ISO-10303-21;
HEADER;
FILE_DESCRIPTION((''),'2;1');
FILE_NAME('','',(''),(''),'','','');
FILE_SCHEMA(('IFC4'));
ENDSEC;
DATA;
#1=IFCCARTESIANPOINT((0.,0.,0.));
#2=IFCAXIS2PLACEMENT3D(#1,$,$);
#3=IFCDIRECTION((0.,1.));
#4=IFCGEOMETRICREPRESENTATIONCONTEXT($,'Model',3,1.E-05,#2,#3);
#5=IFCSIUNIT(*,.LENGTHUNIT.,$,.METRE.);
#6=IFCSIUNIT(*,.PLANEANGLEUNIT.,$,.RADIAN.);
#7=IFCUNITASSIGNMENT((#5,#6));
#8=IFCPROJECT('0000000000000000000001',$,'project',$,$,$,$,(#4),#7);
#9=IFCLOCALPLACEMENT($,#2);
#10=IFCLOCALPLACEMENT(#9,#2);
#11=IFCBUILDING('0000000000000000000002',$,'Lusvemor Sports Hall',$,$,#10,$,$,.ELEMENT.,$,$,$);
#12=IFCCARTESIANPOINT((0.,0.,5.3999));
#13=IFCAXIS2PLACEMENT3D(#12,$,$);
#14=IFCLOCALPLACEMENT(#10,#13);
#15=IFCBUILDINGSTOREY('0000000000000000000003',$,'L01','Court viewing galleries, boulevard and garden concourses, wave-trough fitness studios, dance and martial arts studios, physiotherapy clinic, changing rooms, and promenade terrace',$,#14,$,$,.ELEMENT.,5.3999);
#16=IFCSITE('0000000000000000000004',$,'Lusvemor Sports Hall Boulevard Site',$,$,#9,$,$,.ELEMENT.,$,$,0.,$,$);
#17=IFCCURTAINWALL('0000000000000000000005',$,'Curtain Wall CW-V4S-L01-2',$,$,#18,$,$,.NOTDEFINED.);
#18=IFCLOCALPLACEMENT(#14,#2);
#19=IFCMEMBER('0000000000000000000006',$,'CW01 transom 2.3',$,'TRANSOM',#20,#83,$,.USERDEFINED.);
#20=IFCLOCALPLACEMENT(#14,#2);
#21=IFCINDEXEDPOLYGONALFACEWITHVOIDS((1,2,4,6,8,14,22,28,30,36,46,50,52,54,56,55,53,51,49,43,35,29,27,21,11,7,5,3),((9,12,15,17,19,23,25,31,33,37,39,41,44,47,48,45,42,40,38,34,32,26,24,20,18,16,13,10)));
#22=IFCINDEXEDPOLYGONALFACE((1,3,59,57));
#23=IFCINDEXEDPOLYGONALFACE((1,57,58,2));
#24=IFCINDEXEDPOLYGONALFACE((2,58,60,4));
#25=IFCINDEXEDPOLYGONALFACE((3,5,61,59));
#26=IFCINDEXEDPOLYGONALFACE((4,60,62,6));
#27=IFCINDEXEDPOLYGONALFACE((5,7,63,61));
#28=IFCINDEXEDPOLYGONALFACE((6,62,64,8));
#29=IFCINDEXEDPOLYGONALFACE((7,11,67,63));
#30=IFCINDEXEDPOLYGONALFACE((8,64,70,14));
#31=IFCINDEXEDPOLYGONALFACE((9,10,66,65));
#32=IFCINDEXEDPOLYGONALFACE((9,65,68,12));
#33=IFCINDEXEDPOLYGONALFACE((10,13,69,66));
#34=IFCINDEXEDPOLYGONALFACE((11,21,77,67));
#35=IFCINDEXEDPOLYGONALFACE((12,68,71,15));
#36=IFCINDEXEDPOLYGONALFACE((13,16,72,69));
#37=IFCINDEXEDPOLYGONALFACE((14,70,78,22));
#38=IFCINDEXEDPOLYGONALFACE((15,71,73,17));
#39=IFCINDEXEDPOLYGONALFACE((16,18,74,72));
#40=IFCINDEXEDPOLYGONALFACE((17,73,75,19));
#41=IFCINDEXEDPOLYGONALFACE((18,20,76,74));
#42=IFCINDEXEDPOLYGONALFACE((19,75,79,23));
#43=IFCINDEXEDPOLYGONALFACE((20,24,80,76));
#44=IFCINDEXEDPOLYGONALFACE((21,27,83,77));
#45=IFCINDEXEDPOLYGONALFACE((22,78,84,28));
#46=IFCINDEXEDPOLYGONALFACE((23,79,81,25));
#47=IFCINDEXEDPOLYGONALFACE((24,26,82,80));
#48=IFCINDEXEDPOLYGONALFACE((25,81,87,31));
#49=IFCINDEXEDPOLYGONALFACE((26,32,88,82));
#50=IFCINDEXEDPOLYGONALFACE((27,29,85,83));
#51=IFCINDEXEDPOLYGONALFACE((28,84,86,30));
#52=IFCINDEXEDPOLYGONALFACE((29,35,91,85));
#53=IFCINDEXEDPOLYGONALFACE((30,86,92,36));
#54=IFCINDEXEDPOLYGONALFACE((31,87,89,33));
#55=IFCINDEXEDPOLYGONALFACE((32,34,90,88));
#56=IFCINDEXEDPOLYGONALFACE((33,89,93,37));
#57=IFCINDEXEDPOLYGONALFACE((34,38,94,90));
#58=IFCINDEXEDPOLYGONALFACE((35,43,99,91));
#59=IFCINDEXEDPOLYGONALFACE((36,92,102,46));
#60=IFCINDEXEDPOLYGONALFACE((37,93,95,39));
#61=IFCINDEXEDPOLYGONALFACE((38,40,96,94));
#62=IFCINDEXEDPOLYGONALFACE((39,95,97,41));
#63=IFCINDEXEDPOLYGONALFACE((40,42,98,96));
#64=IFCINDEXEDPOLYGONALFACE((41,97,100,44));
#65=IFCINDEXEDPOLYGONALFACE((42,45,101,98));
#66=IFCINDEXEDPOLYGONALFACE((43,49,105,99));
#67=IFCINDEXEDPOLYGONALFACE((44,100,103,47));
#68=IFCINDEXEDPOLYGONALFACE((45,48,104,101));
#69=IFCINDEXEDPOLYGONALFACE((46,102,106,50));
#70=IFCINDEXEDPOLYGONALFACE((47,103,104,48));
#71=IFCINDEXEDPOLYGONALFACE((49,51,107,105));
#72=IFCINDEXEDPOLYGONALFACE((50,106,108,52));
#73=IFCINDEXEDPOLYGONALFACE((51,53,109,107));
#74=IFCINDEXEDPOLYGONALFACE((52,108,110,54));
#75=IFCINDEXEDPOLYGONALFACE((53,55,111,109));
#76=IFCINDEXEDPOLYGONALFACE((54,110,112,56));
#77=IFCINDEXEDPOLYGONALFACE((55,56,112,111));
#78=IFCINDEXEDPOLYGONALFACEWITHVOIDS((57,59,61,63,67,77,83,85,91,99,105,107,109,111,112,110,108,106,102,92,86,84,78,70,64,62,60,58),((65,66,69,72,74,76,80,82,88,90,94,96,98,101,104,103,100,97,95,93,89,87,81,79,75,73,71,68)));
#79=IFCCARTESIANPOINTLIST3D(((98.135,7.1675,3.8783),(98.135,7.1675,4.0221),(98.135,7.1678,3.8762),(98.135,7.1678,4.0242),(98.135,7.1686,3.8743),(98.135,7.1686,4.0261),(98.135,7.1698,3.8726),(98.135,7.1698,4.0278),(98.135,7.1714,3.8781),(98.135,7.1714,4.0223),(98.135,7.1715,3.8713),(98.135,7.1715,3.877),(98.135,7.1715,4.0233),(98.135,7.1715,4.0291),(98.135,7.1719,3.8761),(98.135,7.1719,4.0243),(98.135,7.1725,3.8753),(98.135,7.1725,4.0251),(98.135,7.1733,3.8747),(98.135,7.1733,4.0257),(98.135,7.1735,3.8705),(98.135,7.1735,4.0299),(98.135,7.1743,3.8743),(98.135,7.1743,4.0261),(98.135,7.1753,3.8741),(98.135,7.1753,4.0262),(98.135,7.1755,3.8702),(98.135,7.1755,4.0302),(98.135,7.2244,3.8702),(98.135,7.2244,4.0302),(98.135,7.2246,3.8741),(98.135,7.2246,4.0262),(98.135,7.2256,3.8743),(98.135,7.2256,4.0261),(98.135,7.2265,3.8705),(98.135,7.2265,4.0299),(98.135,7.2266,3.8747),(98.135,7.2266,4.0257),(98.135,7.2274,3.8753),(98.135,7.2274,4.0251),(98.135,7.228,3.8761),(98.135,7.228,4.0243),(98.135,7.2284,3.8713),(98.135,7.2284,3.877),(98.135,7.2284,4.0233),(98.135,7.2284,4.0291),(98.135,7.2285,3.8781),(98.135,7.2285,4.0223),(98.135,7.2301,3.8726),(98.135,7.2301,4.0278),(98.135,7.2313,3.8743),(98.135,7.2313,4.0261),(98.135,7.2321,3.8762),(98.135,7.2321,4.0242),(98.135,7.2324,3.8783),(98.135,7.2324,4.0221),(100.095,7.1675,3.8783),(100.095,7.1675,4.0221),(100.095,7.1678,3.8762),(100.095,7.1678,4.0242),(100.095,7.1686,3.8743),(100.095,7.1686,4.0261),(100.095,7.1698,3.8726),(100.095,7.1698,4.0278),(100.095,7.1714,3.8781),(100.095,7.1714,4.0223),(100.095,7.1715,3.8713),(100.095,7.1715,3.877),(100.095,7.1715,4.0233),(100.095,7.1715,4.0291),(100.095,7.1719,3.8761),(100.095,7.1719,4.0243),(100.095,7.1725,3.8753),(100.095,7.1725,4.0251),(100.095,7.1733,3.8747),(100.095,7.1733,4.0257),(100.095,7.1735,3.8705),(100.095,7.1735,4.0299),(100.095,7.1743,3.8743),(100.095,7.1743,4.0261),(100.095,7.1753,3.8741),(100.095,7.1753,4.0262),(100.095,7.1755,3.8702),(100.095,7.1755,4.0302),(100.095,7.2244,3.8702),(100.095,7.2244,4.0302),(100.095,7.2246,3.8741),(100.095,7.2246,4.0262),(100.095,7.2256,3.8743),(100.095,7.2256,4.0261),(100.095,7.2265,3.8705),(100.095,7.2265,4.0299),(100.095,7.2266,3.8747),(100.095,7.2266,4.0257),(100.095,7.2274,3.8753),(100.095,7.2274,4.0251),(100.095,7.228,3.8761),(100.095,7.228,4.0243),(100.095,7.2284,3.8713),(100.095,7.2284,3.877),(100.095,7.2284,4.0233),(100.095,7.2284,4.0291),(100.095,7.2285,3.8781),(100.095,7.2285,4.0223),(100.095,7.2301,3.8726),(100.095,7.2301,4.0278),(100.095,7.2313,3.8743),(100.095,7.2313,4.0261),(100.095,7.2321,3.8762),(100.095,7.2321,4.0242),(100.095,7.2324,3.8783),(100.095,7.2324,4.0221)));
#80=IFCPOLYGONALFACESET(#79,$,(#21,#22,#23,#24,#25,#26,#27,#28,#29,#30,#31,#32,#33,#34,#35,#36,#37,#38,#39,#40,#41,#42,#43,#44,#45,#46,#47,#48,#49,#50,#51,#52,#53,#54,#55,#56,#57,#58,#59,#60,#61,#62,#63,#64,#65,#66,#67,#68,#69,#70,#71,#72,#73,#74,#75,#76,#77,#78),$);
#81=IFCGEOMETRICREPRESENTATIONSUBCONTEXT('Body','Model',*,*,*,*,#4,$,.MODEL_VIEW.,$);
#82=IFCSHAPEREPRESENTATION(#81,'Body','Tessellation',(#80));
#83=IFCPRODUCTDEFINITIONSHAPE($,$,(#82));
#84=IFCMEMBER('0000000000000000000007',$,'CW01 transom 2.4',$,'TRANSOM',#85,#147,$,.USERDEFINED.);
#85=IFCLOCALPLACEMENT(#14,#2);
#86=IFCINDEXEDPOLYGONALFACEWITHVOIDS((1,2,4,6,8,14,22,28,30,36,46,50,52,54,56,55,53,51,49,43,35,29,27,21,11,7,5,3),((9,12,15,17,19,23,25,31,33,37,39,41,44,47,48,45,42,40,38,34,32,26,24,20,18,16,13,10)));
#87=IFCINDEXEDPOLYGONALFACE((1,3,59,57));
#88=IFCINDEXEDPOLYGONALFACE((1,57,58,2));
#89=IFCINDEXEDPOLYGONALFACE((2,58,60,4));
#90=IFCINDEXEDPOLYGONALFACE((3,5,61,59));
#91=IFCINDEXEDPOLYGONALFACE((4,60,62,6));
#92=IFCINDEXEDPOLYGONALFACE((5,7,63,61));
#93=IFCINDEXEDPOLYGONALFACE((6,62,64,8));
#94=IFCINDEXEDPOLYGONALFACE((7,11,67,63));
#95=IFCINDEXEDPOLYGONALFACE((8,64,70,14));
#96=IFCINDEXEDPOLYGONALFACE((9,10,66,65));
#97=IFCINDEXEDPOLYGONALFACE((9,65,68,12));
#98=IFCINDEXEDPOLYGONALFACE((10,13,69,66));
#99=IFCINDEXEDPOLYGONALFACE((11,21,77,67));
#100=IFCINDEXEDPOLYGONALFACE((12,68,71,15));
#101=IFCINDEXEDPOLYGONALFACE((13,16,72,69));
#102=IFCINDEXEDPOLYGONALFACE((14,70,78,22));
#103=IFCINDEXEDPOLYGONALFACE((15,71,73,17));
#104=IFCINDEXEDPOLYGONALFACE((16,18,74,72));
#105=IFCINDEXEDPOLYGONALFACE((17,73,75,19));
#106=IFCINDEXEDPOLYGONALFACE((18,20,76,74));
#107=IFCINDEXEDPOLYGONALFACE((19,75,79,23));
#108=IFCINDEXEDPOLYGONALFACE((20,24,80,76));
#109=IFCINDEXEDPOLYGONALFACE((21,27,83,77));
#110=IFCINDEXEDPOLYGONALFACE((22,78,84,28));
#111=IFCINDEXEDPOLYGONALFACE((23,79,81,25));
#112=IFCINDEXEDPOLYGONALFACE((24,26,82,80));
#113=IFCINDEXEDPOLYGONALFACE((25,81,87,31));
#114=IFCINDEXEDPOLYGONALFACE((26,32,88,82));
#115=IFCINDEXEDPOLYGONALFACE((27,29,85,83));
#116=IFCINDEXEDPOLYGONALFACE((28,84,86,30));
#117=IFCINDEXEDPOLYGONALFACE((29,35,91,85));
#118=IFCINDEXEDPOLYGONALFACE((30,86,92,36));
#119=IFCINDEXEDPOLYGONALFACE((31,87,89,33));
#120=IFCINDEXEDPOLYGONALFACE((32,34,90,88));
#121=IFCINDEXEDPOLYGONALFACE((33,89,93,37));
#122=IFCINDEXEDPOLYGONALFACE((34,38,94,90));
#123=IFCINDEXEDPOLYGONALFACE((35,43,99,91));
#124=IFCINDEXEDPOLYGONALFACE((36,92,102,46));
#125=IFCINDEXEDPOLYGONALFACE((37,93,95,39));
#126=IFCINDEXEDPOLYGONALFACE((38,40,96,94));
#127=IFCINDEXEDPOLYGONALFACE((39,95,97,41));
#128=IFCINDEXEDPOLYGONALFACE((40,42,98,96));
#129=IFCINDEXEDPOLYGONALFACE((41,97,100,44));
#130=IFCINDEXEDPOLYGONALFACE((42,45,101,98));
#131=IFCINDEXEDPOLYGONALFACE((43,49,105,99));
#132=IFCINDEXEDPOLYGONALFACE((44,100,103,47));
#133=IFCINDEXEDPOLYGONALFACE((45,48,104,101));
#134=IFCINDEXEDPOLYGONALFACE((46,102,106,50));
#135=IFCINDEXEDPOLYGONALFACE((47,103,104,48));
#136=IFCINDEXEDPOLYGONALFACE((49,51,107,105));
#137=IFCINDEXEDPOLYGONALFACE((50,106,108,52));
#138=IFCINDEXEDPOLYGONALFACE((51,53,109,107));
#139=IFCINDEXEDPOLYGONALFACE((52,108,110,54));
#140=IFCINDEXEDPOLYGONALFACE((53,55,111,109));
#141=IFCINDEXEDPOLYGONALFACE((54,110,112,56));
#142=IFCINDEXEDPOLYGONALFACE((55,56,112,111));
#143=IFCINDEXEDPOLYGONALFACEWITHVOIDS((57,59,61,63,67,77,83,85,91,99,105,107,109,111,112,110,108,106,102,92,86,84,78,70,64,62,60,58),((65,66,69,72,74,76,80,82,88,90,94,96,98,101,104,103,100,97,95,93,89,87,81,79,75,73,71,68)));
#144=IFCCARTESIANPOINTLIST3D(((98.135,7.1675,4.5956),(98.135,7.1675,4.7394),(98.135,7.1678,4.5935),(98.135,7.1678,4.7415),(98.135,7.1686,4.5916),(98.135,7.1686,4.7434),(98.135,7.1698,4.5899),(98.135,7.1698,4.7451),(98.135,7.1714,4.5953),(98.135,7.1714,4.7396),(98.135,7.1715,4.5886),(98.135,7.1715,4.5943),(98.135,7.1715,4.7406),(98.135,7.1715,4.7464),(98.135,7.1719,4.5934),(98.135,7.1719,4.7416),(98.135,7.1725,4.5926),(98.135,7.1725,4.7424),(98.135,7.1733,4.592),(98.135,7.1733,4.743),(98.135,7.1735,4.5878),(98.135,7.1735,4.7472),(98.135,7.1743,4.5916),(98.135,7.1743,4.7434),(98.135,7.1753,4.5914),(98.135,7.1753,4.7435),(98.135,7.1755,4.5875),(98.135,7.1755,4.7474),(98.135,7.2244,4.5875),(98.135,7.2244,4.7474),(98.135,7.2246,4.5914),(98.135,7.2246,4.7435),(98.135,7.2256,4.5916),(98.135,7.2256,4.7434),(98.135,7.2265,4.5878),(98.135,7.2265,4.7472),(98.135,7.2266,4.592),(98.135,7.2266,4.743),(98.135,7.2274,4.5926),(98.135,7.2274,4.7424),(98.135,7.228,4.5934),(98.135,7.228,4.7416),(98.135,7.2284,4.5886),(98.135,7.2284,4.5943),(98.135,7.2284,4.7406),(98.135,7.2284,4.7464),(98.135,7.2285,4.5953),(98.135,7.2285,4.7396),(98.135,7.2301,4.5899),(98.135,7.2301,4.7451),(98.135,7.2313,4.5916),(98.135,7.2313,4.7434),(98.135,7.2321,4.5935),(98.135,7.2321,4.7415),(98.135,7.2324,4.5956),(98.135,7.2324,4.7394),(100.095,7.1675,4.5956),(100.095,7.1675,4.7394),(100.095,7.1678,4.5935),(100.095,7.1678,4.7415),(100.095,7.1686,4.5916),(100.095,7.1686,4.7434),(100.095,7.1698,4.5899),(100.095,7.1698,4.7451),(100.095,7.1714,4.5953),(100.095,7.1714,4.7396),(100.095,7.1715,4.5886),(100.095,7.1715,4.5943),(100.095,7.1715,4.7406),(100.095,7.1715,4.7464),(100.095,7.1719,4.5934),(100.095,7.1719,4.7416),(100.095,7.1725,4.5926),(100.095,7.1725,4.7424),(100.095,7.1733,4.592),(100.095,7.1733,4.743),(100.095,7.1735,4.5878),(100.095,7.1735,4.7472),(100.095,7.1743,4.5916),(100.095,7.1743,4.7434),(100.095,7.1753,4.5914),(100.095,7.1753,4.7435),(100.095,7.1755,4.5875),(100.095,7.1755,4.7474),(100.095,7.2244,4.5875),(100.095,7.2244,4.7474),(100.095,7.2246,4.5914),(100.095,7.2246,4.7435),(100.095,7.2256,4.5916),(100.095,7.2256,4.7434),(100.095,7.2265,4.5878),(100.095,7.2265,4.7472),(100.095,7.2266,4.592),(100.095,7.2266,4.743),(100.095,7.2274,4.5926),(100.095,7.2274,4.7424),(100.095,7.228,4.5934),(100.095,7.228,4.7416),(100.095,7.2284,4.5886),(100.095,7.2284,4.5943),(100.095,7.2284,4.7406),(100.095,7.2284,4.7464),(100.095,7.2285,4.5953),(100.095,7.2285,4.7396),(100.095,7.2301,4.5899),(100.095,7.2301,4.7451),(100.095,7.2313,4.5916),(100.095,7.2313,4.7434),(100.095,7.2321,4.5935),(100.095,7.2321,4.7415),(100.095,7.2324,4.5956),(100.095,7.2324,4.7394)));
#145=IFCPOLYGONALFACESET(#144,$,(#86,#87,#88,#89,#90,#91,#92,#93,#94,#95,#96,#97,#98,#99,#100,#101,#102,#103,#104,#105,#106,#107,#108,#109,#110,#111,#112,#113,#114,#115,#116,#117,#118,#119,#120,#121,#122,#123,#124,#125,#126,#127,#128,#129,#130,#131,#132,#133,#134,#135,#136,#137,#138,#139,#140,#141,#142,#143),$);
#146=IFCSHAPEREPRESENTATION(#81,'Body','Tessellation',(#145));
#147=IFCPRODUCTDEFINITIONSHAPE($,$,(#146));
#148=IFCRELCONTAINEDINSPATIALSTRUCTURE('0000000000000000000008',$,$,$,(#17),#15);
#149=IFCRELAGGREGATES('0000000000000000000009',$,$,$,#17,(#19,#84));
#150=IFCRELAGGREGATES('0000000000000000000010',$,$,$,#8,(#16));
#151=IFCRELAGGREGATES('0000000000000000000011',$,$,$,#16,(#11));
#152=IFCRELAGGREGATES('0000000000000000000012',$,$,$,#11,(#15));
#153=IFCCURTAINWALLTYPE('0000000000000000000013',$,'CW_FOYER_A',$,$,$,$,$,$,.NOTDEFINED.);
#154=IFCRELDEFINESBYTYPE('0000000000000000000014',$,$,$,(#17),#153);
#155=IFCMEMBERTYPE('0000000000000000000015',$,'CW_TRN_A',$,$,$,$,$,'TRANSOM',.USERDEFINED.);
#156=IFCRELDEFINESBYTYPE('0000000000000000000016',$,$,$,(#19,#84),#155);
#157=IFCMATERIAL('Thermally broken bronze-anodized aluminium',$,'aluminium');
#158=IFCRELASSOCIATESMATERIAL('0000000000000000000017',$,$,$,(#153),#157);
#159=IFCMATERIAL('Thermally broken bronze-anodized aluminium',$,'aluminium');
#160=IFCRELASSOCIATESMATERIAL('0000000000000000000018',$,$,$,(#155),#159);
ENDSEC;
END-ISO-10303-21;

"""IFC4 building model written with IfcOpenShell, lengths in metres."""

from ifc_helpers import new_model, si_unit, direction, frame, origin, origin_2d, place, context, subcontext, project, spatial, hollow_rectangle, extrude, material, material_profile, profile_set, type_object, element, aggregate, save


model = new_model("IFC4")

# Units and contexts
model_context = context("Model", 3, precision=1e-05, world=origin(), true_north=direction((0.0, 1.0)))
body_context = subcontext(model_context, "Body", "Model", "MODEL_VIEW")
ifc_project = project(units=[si_unit("LENGTHUNIT", "METRE"), si_unit("PLANEANGLEUNIT", "RADIAN")], contexts=[model_context])

# Site, building, storey
site_placement = place(None, origin())
site = spatial("IfcSite", under=ifc_project, at=site_placement, Name="Lusvemor Sports Hall Boulevard Site", CompositionType="ELEMENT", RefElevation=0.0)
building_placement = place(site_placement, origin())
building = spatial("IfcBuilding", under=site, at=building_placement, Name="Lusvemor Sports Hall", CompositionType="ELEMENT")
storey_placement = place(building_placement, frame((0.0, 0.0, 5.3999)))
storey = spatial("IfcBuildingStorey", under=building, at=storey_placement, Name="L01", Description="Court viewing galleries, boulevard and garden concourses, wave-trough fitness studios, dance and martial arts studios, physiotherapy clinic, changing rooms, and promenade terrace", CompositionType="ELEMENT", Elevation=5.3999)

# Curtain wall
ifc_material_1 = material(Name="Thermally broken bronze-anodized aluminium", Category="aluminium")
curtain_wall_type = type_object("IfcCurtainWallType", Name="CW_FOYER_A", PredefinedType="NOTDEFINED", material=ifc_material_1)
curtain_wall_1_placement = place(storey_placement, origin())
curtain_wall_1 = element("IfcCurtainWall", 1, at=curtain_wall_1_placement, inside=storey, type_object=curtain_wall_type, Name="Curtain Wall CW-V4S-L01-2", PredefinedType="NOTDEFINED")

# Members
ifc_material_2 = material(Name="Thermally broken bronze-anodized aluminium", Category="aluminium")
ifc_material_profile_1 = material_profile(ifc_material_2, hollow_rectangle(XDim=0.0649, YDim=0.1599, WallThickness=0.0039, InnerFilletRadius=0.0039, OuterFilletRadius=0.0081, at=origin_2d()), Name="CWTRN160x65x4")
ifc_profile_set_1 = profile_set([ifc_material_profile_1], Name="Thermally broken bronze-anodized aluminium")
member_type_1 = type_object("IfcMemberType", Name="CW_TRN_A", ElementType="TRANSOM", PredefinedType="USERDEFINED", material=ifc_profile_set_1)
member_1_placement = place(storey_placement, frame((100.095, 7.2, 3.9502), z_axis=(-1.0, 0.0, 0.0), x_axis=(0.0, -1.0, 0.0)))
member_1 = element("IfcMember", 2, at=member_1_placement, type_object=member_type_1, Name="CW01 transom 2.3", ObjectType="TRANSOM", PredefinedType="USERDEFINED", context=body_context, shape_type="SweptSolid", body=[
    extrude(hollow_rectangle(XDim=0.0649, YDim=0.1599, WallThickness=0.0039, InnerFilletRadius=0.0039, OuterFilletRadius=0.0081, at=origin_2d()), origin(), (0.0, 0.0, 1.0), 1.96),
])
member_2_placement = place(storey_placement, frame((100.095, 7.2, 4.6675), z_axis=(-1.0, 0.0, 0.0), x_axis=(0.0, -1.0, 0.0)))
member_2 = element("IfcMember", 3, at=member_2_placement, type_object=member_type_1, Name="CW01 transom 2.4", ObjectType="TRANSOM", PredefinedType="USERDEFINED", context=body_context, shape_type="SweptSolid", body=[
    extrude(hollow_rectangle(XDim=0.0649, YDim=0.1599, WallThickness=0.0039, InnerFilletRadius=0.0039, OuterFilletRadius=0.0081, at=origin_2d()), origin(), (0.0, 0.0, 1.0), 1.96),
])

aggregate(curtain_wall_1, [member_1, member_2])

save(model, "model.ifc")
